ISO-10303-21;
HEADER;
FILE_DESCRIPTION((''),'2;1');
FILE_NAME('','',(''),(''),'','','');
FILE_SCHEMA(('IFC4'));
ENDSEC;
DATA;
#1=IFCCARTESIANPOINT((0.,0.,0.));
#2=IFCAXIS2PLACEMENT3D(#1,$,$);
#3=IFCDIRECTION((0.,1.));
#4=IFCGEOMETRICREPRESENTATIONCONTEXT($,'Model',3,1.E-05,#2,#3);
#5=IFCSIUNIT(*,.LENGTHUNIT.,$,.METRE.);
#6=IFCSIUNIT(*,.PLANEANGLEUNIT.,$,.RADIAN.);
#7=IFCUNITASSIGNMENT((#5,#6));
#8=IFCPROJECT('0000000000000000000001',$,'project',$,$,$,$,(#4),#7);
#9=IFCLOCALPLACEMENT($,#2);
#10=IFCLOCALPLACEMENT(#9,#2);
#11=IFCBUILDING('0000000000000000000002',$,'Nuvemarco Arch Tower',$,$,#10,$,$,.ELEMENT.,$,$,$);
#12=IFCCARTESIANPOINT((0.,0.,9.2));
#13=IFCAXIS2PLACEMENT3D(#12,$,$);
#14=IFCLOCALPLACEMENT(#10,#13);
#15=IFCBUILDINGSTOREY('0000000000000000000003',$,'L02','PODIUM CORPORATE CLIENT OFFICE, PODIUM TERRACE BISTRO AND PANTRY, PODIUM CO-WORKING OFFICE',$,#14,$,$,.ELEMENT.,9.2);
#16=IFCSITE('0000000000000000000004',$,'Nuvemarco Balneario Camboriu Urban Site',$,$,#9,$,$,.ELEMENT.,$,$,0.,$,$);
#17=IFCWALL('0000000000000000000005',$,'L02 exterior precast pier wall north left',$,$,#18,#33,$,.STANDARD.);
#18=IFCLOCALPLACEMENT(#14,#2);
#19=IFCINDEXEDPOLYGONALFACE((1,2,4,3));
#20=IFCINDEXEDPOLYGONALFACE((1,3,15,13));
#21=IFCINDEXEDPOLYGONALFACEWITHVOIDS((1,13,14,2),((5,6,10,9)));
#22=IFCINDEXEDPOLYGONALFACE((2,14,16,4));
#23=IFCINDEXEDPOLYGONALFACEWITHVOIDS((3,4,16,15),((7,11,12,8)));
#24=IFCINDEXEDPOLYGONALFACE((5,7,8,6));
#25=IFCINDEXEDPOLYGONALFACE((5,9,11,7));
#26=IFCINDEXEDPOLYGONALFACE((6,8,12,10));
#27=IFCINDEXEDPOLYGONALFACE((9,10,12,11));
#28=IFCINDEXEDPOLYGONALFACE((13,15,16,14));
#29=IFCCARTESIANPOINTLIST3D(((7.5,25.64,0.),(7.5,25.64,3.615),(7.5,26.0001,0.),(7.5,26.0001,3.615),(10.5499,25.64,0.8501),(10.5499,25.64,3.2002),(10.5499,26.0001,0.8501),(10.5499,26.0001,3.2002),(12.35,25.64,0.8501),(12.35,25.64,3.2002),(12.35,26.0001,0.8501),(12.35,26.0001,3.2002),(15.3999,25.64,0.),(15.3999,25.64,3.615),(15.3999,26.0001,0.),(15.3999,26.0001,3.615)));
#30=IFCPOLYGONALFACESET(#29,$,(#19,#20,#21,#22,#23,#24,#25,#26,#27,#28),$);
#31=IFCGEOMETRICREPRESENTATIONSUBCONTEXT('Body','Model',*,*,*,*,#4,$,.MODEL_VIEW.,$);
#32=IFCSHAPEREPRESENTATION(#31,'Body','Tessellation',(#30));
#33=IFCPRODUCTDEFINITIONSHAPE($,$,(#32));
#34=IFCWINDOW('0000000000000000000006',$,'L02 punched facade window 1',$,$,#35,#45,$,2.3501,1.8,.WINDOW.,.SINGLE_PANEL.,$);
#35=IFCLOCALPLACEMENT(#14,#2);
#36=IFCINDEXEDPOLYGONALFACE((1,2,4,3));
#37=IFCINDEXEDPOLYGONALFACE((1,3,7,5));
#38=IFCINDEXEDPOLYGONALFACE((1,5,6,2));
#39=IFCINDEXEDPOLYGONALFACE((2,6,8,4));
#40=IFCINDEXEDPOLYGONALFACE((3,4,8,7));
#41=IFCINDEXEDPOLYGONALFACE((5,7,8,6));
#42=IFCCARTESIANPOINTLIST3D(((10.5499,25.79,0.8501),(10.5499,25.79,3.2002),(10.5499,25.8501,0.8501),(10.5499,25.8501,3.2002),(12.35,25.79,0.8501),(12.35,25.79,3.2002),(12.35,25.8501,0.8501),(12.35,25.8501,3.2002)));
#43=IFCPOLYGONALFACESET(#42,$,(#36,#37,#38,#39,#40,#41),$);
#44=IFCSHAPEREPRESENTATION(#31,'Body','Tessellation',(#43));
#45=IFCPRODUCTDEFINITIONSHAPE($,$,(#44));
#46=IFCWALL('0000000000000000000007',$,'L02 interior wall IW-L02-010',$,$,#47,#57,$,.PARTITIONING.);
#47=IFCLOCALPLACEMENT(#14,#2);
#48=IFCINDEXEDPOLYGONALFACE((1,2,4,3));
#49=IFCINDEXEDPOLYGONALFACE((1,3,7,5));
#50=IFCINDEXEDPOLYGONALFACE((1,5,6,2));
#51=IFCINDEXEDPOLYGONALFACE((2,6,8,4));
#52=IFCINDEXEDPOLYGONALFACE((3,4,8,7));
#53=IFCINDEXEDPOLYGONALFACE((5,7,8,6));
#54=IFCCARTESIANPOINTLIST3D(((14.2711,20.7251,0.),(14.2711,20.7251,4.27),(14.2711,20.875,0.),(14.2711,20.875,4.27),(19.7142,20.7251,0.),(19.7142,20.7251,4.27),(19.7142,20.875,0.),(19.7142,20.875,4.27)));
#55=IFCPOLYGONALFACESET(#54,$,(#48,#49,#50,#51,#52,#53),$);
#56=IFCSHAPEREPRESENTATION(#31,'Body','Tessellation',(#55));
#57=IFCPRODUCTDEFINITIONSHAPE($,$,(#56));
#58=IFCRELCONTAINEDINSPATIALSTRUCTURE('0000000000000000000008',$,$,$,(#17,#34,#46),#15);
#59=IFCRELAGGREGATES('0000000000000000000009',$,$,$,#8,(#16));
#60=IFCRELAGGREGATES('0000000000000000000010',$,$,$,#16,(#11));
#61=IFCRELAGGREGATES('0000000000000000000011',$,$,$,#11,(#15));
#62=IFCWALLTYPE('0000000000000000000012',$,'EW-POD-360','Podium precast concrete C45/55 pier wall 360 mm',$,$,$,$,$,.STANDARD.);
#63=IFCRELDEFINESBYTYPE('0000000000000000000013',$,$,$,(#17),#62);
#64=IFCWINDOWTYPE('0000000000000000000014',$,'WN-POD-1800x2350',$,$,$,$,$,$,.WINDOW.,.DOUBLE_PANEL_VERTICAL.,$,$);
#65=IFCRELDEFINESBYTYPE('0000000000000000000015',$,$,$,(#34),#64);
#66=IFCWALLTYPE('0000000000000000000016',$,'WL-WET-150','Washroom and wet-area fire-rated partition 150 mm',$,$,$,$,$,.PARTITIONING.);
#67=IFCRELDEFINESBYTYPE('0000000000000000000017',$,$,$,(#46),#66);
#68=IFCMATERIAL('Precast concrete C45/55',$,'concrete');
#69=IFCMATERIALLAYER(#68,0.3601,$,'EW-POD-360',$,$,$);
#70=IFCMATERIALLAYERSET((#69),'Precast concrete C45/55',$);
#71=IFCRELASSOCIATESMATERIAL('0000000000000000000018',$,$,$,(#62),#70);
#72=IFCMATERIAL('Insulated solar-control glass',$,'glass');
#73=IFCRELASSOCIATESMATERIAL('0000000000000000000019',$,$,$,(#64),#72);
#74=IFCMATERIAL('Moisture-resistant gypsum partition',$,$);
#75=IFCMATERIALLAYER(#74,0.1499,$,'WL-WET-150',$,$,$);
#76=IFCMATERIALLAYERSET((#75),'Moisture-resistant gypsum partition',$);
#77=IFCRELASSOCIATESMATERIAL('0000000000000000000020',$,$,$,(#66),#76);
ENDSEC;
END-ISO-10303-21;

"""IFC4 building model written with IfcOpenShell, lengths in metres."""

from ifc_helpers import new_model, si_unit, direction, frame, frame_2d, origin, place, context, subcontext, project, spatial, rectangle, extrude, source, transform, mapped, material, layer, layer_set, type_object, type_shapes, element, fill, save


model = new_model("IFC4")

# Units and contexts
model_context = context("Model", 3, precision=1e-05, world=origin(), true_north=direction((0.0, 1.0)))
body_context = subcontext(model_context, "Body", "Model", "MODEL_VIEW")
ifc_project = project(units=[si_unit("LENGTHUNIT", "METRE"), si_unit("PLANEANGLEUNIT", "RADIAN")], contexts=[model_context])

# Site, building, storey
site_placement = place(None, origin())
site = spatial("IfcSite", under=ifc_project, at=site_placement, Name="Nuvemarco Balneario Camboriu Urban Site", CompositionType="ELEMENT", RefElevation=0.0)
building_placement = place(site_placement, origin())
building = spatial("IfcBuilding", under=site, at=building_placement, Name="Nuvemarco Arch Tower", CompositionType="ELEMENT")
storey_placement = place(building_placement, frame((0.0, 0.0, 9.2)))
storey = spatial("IfcBuildingStorey", under=building, at=storey_placement, Name="L02", Description="PODIUM CORPORATE CLIENT OFFICE, PODIUM TERRACE BISTRO AND PANTRY, PODIUM CO-WORKING OFFICE", CompositionType="ELEMENT", Elevation=9.2)

# Shared definitions
ifc_material_1 = material(Name="Precast concrete C45/55", Category="concrete")

# Shared definitions
ifc_material_2 = material(Name="Insulated solar-control glass", Category="glass")

# Wall, opening, window
ifc_layer_1 = layer(ifc_material_1, 0.3601, Name="EW-POD-360")
ifc_layer_set_1 = layer_set([ifc_layer_1], Name="Precast concrete C45/55")
wall_type_1 = type_object("IfcWallType", Name="EW-POD-360", Description="Podium precast concrete C45/55 pier wall 360 mm", PredefinedType="STANDARD", material=ifc_layer_set_1)
wall_1_placement = place(storey_placement, frame((7.5, 25.8201, 0.0), z_axis=(0.0, 0.0, 1.0), x_axis=(1.0, 0.0, 0.0)))
wall_1 = element("IfcWall", 1, at=wall_1_placement, inside=storey, type_object=wall_type_1, Name="L02 exterior precast pier wall north left", PredefinedType="STANDARD", context=body_context, shape_type="SweptSolid", body=[
    extrude(rectangle(XDim=7.8999, YDim=0.3601, at=frame_2d((3.95, 0.0))), origin(), (0.0, 0.0, 1.0), 3.615),
])
opening_placement = place(wall_1_placement, frame((3.05, 0.0, 0.8501)))
opening = element("IfcOpeningElement", 2, at=opening_placement, cuts=wall_1, PredefinedType="OPENING", context=body_context, shape_type="SweptSolid", body=[
    extrude(rectangle(XDim=1.8, YDim=2.3501, at=frame_2d((0.8999, 1.175))), frame((0.0, 0.1899, 0.0), z_axis=(0.0, -1.0, 0.0), x_axis=(1.0, 0.0, 0.0)), (0.0, 0.0, 1.0), 0.3801),
])
window_type = type_object("IfcWindowType", Name="WN-POD-1800x2350", PartitioningType="DOUBLE_PANEL_VERTICAL", PredefinedType="WINDOW", material=ifc_material_2)
shared_shape_1 = source(origin(), body_context, "Body", "SweptSolid", [
    extrude(rectangle(XDim=1.8, YDim=2.3501, at=frame_2d((0.8999, 1.175))), frame((0.0, 0.03, 0.0), z_axis=(0.0, -1.0, 0.0), x_axis=(1.0, 0.0, 0.0)), (0.0, 0.0, 1.0), 0.0601),
])
type_shapes(window_type, [shared_shape_1])
window_placement = place(opening_placement, origin())
window = element("IfcWindow", 3, at=window_placement, inside=storey, type_object=window_type, Name="L02 punched facade window 1", OverallHeight=2.3501, OverallWidth=1.8, PartitioningType="SINGLE_PANEL", PredefinedType="WINDOW", context=body_context, shape_type="MappedRepresentation", body=[
    mapped(shared_shape_1, transform((0.0, 0.0, 0.0), scale=1.0)),
])
fill(opening, window)

# Wall
ifc_material_3 = material(Name="Moisture-resistant gypsum partition")
ifc_layer_2 = layer(ifc_material_3, 0.1499, Name="WL-WET-150")
ifc_layer_set_2 = layer_set([ifc_layer_2], Name="Moisture-resistant gypsum partition")
wall_type_2 = type_object("IfcWallType", Name="WL-WET-150", Description="Washroom and wet-area fire-rated partition 150 mm", PredefinedType="PARTITIONING", material=ifc_layer_set_2)
wall_2_placement = place(storey_placement, frame((14.271, 20.8, 0.0), z_axis=(0.0, 0.0, 1.0), x_axis=(1.0, 0.0, 0.0)))
element("IfcWall", 4, at=wall_2_placement, inside=storey, type_object=wall_type_2, Name="L02 interior wall IW-L02-010", PredefinedType="PARTITIONING", context=body_context, shape_type="SweptSolid", body=[
    extrude(rectangle(XDim=5.4431, YDim=0.1499, at=frame_2d((2.7217, 0.0))), origin(), (0.0, 0.0, 1.0), 4.27),
])

save(model, "model.ifc")
